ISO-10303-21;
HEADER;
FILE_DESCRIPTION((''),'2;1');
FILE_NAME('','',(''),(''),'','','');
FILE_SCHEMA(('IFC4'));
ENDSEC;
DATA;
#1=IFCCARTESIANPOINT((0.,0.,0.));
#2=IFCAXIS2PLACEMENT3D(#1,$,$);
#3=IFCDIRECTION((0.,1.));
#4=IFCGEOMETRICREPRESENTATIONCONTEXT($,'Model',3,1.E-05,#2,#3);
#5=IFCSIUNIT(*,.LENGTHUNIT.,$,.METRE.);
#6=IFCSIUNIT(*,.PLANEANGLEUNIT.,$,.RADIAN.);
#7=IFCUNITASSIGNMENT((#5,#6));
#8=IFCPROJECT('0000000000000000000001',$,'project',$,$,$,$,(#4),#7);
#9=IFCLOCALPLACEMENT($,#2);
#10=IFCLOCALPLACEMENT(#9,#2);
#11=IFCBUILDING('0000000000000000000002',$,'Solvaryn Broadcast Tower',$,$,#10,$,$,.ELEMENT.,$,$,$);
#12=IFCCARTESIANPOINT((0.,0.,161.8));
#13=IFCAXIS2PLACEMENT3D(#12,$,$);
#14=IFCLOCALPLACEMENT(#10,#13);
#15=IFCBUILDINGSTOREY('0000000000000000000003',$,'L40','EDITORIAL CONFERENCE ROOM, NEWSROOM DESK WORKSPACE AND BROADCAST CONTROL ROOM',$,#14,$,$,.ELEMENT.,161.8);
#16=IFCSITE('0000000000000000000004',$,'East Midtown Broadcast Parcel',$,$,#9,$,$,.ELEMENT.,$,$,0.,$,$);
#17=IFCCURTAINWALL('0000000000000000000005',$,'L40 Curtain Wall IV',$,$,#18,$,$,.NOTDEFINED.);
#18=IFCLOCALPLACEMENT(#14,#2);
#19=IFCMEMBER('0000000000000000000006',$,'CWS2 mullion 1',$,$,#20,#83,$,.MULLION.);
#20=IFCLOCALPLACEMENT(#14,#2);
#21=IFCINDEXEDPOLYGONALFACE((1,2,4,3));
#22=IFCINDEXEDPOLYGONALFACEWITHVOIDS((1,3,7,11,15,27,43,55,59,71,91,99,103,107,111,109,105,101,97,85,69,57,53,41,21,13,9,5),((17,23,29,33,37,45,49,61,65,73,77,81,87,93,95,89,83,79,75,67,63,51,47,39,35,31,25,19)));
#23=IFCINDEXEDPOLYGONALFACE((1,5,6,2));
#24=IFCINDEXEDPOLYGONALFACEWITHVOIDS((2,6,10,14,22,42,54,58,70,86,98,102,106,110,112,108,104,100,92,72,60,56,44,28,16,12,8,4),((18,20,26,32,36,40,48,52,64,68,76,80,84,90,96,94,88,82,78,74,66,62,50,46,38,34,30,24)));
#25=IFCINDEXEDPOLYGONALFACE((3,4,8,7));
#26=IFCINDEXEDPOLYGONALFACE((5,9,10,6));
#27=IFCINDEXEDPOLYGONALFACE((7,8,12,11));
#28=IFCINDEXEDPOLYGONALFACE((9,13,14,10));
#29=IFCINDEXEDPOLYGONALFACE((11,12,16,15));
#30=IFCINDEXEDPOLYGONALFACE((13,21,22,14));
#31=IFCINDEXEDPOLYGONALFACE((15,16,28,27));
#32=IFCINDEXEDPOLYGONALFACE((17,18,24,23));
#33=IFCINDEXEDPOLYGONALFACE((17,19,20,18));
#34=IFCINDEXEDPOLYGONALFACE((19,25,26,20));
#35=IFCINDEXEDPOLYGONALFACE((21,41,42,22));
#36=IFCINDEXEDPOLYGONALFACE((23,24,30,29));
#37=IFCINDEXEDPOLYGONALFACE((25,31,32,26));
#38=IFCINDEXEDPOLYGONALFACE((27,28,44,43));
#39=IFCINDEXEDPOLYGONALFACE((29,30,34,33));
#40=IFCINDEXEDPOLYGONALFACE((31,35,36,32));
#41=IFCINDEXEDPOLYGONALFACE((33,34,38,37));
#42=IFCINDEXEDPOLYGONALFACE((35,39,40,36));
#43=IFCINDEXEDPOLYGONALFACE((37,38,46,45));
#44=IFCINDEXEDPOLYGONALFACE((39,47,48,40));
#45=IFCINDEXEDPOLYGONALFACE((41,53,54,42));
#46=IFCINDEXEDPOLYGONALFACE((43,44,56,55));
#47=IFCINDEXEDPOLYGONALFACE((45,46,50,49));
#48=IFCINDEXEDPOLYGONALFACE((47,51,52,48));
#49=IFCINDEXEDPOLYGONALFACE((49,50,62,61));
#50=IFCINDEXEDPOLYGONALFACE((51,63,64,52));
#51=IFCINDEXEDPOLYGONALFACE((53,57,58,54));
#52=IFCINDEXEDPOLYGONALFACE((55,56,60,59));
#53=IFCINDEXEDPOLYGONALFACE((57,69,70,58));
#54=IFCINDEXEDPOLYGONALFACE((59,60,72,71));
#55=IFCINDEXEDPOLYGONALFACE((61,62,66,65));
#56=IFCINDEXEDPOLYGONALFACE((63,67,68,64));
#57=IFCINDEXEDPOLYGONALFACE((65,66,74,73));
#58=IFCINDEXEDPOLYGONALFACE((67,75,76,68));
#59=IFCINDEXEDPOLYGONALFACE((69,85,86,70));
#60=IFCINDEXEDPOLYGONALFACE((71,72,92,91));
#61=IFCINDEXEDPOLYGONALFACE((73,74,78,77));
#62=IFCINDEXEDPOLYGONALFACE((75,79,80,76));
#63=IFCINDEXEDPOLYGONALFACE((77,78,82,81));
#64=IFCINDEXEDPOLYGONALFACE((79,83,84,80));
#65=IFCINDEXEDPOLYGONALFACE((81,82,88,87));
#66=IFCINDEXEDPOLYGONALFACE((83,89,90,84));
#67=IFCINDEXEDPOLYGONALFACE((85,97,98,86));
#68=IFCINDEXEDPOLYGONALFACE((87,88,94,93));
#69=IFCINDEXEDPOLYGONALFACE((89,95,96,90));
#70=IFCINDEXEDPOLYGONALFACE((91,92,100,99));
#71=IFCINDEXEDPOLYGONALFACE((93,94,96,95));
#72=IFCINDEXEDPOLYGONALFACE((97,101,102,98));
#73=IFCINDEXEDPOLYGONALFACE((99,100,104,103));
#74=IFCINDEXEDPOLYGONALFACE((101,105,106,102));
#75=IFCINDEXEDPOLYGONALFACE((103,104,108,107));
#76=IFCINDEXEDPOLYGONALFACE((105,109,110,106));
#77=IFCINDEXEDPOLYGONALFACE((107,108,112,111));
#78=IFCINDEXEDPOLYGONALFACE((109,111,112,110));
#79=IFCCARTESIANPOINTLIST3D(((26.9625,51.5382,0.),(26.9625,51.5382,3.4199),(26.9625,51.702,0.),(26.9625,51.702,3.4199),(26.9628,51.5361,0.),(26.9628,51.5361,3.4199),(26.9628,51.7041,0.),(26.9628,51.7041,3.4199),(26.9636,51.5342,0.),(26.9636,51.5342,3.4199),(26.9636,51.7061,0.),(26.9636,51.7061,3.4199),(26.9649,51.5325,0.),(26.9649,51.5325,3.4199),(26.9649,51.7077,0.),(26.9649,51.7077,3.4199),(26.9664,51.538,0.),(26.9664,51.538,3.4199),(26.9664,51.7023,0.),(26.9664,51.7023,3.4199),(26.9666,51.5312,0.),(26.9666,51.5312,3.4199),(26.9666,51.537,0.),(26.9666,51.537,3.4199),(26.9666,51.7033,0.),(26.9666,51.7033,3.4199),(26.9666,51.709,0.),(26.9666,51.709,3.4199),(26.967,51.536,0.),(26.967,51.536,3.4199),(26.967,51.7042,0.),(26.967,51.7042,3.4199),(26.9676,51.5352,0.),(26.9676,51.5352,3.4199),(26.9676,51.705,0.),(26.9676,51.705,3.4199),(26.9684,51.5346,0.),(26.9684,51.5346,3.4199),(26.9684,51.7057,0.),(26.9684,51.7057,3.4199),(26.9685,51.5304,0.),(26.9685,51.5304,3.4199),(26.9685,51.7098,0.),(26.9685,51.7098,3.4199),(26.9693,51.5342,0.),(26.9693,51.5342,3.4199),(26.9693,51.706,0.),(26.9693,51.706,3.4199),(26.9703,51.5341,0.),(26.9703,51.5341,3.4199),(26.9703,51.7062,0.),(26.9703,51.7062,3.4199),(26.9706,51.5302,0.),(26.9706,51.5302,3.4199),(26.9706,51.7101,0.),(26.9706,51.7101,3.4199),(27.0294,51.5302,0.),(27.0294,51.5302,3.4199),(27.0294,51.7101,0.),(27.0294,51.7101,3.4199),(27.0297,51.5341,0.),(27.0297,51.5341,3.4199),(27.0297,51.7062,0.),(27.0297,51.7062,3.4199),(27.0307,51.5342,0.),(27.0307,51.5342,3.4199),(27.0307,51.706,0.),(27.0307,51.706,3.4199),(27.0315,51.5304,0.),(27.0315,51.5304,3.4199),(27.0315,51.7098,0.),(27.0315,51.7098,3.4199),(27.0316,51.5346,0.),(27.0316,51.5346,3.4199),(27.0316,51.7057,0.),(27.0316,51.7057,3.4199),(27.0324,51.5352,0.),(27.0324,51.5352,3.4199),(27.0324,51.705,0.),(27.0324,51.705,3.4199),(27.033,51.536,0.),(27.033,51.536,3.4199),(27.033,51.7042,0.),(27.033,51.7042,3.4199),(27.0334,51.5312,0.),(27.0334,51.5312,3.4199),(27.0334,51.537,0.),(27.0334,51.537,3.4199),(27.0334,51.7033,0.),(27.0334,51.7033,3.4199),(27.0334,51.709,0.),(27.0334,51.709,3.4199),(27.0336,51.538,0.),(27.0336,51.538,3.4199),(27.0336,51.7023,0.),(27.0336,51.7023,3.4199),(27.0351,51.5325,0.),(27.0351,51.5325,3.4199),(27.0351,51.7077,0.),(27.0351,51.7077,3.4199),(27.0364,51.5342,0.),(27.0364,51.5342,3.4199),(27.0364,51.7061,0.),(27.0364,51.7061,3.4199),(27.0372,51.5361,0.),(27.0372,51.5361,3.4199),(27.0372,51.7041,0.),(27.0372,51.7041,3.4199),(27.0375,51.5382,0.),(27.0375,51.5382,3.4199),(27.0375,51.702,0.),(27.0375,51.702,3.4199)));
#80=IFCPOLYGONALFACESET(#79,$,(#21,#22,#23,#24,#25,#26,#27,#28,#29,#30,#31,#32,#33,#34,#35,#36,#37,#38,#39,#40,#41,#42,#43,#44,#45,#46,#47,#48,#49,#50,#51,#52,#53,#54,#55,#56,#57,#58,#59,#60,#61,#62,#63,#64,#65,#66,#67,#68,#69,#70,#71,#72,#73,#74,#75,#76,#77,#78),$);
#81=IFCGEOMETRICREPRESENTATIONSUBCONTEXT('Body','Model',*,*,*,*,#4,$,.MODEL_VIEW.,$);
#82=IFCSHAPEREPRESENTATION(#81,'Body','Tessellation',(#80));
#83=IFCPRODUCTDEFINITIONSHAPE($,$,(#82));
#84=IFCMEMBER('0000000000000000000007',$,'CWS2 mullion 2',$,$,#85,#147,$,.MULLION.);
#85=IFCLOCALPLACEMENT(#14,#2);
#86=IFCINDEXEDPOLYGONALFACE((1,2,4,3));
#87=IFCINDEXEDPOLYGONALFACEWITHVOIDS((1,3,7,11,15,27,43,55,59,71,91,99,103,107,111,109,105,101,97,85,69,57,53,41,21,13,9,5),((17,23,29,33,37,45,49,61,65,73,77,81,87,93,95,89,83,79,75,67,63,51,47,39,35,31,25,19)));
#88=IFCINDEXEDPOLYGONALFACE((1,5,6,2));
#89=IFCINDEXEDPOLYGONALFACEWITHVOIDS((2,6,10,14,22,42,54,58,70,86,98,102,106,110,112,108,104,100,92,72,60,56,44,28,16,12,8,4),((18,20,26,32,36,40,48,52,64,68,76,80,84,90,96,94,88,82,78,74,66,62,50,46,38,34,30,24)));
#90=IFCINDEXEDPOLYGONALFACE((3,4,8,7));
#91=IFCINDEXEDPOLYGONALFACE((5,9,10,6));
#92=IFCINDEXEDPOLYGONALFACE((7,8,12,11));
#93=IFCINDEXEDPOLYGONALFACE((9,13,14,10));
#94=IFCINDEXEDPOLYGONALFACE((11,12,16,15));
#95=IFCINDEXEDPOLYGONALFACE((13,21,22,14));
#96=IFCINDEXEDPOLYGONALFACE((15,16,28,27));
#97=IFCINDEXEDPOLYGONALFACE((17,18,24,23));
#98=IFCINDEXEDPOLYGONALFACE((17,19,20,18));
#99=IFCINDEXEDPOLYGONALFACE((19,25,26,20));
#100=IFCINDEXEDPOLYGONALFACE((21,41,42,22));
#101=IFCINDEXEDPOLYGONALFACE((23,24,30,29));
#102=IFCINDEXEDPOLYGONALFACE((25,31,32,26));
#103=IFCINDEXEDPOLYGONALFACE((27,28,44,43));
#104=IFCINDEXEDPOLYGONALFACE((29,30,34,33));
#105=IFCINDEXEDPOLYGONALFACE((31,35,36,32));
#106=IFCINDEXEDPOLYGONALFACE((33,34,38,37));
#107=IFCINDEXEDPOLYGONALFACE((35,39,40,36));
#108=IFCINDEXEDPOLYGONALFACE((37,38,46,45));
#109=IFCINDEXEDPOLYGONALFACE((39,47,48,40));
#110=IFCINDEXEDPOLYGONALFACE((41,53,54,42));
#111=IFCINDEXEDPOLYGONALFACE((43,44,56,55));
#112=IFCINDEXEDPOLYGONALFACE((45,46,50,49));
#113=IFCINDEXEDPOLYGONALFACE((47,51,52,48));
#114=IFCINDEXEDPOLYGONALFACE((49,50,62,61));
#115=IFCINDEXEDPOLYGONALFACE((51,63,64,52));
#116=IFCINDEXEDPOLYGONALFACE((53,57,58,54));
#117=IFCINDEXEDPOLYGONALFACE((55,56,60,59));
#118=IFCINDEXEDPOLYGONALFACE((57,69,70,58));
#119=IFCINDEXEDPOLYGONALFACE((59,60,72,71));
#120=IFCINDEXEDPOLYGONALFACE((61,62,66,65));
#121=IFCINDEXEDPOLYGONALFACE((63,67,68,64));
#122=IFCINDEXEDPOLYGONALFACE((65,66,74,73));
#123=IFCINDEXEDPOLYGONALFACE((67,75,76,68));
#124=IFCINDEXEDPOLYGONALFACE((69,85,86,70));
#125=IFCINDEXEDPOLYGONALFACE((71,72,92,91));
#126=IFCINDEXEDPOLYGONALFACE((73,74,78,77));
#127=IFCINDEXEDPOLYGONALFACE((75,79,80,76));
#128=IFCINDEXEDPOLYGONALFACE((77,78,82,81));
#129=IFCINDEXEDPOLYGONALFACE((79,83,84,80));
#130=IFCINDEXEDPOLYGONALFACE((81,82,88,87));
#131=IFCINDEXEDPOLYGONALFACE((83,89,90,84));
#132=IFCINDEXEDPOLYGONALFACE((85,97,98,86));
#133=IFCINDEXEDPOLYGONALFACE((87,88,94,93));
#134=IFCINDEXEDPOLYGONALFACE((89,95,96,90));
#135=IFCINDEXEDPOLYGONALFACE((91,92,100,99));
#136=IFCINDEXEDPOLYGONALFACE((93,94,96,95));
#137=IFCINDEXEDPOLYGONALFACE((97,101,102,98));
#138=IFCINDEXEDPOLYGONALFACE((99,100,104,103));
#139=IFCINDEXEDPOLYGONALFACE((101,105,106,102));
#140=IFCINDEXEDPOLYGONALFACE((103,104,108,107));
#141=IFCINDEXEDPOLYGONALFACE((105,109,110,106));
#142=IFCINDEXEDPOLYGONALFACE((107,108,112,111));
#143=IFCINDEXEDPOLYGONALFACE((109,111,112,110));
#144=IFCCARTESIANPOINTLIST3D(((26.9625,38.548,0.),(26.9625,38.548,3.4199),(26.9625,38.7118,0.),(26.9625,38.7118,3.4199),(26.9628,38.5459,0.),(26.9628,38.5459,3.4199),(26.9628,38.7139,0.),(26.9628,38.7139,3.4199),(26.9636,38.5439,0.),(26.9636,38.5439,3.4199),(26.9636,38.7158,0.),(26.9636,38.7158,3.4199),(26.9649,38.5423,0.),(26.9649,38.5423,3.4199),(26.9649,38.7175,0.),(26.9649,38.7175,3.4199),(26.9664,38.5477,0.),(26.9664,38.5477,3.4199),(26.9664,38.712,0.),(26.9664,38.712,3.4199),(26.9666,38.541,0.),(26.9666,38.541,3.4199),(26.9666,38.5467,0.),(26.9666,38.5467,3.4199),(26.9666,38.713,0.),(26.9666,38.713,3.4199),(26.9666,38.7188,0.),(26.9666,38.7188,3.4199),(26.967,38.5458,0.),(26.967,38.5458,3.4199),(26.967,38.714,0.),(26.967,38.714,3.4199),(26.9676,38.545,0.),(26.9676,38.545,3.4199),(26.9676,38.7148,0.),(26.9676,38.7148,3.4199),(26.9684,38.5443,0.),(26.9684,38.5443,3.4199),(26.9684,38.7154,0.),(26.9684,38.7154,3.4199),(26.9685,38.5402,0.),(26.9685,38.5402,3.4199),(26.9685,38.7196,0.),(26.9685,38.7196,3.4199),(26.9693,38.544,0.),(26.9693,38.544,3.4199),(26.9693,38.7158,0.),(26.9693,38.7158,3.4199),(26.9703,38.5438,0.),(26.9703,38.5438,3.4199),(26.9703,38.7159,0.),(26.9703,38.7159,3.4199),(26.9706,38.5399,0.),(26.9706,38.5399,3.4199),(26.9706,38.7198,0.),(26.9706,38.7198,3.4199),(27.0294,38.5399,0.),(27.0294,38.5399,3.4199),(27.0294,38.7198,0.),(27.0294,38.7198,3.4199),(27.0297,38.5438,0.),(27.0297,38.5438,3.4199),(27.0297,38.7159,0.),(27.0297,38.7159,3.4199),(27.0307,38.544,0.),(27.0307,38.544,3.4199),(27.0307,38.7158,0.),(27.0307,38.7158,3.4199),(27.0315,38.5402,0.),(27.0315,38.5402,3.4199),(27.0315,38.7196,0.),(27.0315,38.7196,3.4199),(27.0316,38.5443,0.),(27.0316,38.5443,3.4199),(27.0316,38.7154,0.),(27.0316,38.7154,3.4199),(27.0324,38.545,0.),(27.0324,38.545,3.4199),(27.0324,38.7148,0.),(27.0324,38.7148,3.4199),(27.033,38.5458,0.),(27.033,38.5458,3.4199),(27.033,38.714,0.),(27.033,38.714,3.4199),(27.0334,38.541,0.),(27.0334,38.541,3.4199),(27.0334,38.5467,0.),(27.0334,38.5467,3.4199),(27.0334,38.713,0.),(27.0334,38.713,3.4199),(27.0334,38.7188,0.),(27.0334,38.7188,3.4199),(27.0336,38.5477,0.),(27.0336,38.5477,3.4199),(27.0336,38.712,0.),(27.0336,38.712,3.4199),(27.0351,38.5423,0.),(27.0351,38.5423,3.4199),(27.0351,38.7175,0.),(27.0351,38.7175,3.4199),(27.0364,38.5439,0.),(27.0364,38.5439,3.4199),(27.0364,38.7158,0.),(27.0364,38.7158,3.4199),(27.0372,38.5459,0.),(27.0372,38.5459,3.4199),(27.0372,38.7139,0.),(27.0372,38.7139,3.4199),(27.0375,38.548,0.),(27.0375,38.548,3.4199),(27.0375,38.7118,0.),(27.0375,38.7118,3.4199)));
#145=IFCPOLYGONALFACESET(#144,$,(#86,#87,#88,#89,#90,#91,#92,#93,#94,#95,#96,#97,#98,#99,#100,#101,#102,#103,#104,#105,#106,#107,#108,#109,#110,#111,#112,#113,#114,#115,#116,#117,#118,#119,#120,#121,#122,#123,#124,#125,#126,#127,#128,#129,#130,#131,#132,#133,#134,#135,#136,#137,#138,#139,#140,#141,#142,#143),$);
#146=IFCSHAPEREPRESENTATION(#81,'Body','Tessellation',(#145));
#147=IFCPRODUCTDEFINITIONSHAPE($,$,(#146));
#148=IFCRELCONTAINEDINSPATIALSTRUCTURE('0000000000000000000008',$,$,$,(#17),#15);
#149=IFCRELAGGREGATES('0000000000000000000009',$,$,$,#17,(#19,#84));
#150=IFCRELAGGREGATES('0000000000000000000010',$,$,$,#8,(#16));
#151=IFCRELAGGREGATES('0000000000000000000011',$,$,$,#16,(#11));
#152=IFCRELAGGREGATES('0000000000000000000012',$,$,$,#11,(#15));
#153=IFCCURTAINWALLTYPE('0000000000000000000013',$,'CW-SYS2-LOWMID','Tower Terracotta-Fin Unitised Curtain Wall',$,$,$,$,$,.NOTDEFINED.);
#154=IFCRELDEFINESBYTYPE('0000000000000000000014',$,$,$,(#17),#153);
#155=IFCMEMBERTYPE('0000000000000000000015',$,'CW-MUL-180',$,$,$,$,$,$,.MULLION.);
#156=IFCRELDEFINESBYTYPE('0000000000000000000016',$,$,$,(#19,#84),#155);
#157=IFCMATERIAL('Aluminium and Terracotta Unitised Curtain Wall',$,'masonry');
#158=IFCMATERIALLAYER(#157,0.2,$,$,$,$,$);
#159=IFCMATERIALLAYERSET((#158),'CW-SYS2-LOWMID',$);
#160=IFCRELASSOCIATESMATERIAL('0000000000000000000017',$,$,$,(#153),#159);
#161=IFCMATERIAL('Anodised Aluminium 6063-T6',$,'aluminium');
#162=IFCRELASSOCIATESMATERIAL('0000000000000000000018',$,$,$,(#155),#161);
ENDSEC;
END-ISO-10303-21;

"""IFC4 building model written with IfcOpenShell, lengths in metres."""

from ifc_helpers import new_model, si_unit, direction, frame, origin, origin_2d, place, context, subcontext, project, spatial, hollow_rectangle, extrude, material, layer, layer_set, material_profile, profile_set, type_object, element, aggregate, save


model = new_model("IFC4")

# Units and contexts
model_context = context("Model", 3, precision=1e-05, world=origin(), true_north=direction((0.0, 1.0)))
body_context = subcontext(model_context, "Body", "Model", "MODEL_VIEW")
ifc_project = project(units=[si_unit("LENGTHUNIT", "METRE"), si_unit("PLANEANGLEUNIT", "RADIAN")], contexts=[model_context])

# Site, building, storey
site_placement = place(None, origin())
site = spatial("IfcSite", under=ifc_project, at=site_placement, Name="East Midtown Broadcast Parcel", CompositionType="ELEMENT", RefElevation=0.0)
building_placement = place(site_placement, origin())
building = spatial("IfcBuilding", under=site, at=building_placement, Name="Solvaryn Broadcast Tower", CompositionType="ELEMENT")
storey_placement = place(building_placement, frame((0.0, 0.0, 161.8)))
storey = spatial("IfcBuildingStorey", under=building, at=storey_placement, Name="L40", Description="EDITORIAL CONFERENCE ROOM, NEWSROOM DESK WORKSPACE AND BROADCAST CONTROL ROOM", CompositionType="ELEMENT", Elevation=161.8)

# Curtain wall, members
ifc_material_1 = material(Name="Aluminium and Terracotta Unitised Curtain Wall", Category="masonry")
ifc_layer_1 = layer(ifc_material_1, 0.2)
ifc_layer_set_1 = layer_set([ifc_layer_1], Name="CW-SYS2-LOWMID")
curtain_wall_type = type_object("IfcCurtainWallType", Name="CW-SYS2-LOWMID", Description="Tower Terracotta-Fin Unitised Curtain Wall", PredefinedType="NOTDEFINED", material=ifc_layer_set_1)
curtain_wall_1_placement = place(storey_placement, origin())
curtain_wall_1 = element("IfcCurtainWall", 1, at=curtain_wall_1_placement, inside=storey, type_object=curtain_wall_type, Name="L40 Curtain Wall IV", PredefinedType="NOTDEFINED")
ifc_material_2 = material(Name="Anodised Aluminium 6063-T6", Category="aluminium")
ifc_material_profile_1 = material_profile(ifc_material_2, hollow_rectangle(XDim=0.075, YDim=0.1799, WallThickness=0.0039, InnerFilletRadius=0.0039, OuterFilletRadius=0.0081, at=origin_2d()))
ifc_profile_set_1 = profile_set([ifc_material_profile_1], Name="Anodised Aluminium 6063-T6")
member_type_1 = type_object("IfcMemberType", Name="CW-MUL-180", PredefinedType="MULLION", material=ifc_profile_set_1)
member_1_placement = place(storey_placement, frame((27.0, 51.6201, 0.0), z_axis=(0.0, 0.0, 1.0), x_axis=(1.0, 0.0, 0.0)))
member_1 = element("IfcMember", 2, at=member_1_placement, type_object=member_type_1, Name="CWS2 mullion 1", PredefinedType="MULLION", context=body_context, shape_type="SweptSolid", body=[
    extrude(hollow_rectangle(XDim=0.075, YDim=0.1799, WallThickness=0.0039, InnerFilletRadius=0.0039, OuterFilletRadius=0.0081, at=origin_2d()), origin(), (0.0, 0.0, 1.0), 3.4199),
])
member_2_placement = place(storey_placement, frame((27.0, 38.6299, 0.0), z_axis=(0.0, 0.0, 1.0), x_axis=(1.0, 0.0, 0.0)))
member_2 = element("IfcMember", 3, at=member_2_placement, type_object=member_type_1, Name="CWS2 mullion 2", PredefinedType="MULLION", context=body_context, shape_type="SweptSolid", body=[
    extrude(hollow_rectangle(XDim=0.075, YDim=0.1799, WallThickness=0.0039, InnerFilletRadius=0.0039, OuterFilletRadius=0.0081, at=origin_2d()), origin(), (0.0, 0.0, 1.0), 3.4199),
])

aggregate(curtain_wall_1, [member_1, member_2])

save(model, "model.ifc")
